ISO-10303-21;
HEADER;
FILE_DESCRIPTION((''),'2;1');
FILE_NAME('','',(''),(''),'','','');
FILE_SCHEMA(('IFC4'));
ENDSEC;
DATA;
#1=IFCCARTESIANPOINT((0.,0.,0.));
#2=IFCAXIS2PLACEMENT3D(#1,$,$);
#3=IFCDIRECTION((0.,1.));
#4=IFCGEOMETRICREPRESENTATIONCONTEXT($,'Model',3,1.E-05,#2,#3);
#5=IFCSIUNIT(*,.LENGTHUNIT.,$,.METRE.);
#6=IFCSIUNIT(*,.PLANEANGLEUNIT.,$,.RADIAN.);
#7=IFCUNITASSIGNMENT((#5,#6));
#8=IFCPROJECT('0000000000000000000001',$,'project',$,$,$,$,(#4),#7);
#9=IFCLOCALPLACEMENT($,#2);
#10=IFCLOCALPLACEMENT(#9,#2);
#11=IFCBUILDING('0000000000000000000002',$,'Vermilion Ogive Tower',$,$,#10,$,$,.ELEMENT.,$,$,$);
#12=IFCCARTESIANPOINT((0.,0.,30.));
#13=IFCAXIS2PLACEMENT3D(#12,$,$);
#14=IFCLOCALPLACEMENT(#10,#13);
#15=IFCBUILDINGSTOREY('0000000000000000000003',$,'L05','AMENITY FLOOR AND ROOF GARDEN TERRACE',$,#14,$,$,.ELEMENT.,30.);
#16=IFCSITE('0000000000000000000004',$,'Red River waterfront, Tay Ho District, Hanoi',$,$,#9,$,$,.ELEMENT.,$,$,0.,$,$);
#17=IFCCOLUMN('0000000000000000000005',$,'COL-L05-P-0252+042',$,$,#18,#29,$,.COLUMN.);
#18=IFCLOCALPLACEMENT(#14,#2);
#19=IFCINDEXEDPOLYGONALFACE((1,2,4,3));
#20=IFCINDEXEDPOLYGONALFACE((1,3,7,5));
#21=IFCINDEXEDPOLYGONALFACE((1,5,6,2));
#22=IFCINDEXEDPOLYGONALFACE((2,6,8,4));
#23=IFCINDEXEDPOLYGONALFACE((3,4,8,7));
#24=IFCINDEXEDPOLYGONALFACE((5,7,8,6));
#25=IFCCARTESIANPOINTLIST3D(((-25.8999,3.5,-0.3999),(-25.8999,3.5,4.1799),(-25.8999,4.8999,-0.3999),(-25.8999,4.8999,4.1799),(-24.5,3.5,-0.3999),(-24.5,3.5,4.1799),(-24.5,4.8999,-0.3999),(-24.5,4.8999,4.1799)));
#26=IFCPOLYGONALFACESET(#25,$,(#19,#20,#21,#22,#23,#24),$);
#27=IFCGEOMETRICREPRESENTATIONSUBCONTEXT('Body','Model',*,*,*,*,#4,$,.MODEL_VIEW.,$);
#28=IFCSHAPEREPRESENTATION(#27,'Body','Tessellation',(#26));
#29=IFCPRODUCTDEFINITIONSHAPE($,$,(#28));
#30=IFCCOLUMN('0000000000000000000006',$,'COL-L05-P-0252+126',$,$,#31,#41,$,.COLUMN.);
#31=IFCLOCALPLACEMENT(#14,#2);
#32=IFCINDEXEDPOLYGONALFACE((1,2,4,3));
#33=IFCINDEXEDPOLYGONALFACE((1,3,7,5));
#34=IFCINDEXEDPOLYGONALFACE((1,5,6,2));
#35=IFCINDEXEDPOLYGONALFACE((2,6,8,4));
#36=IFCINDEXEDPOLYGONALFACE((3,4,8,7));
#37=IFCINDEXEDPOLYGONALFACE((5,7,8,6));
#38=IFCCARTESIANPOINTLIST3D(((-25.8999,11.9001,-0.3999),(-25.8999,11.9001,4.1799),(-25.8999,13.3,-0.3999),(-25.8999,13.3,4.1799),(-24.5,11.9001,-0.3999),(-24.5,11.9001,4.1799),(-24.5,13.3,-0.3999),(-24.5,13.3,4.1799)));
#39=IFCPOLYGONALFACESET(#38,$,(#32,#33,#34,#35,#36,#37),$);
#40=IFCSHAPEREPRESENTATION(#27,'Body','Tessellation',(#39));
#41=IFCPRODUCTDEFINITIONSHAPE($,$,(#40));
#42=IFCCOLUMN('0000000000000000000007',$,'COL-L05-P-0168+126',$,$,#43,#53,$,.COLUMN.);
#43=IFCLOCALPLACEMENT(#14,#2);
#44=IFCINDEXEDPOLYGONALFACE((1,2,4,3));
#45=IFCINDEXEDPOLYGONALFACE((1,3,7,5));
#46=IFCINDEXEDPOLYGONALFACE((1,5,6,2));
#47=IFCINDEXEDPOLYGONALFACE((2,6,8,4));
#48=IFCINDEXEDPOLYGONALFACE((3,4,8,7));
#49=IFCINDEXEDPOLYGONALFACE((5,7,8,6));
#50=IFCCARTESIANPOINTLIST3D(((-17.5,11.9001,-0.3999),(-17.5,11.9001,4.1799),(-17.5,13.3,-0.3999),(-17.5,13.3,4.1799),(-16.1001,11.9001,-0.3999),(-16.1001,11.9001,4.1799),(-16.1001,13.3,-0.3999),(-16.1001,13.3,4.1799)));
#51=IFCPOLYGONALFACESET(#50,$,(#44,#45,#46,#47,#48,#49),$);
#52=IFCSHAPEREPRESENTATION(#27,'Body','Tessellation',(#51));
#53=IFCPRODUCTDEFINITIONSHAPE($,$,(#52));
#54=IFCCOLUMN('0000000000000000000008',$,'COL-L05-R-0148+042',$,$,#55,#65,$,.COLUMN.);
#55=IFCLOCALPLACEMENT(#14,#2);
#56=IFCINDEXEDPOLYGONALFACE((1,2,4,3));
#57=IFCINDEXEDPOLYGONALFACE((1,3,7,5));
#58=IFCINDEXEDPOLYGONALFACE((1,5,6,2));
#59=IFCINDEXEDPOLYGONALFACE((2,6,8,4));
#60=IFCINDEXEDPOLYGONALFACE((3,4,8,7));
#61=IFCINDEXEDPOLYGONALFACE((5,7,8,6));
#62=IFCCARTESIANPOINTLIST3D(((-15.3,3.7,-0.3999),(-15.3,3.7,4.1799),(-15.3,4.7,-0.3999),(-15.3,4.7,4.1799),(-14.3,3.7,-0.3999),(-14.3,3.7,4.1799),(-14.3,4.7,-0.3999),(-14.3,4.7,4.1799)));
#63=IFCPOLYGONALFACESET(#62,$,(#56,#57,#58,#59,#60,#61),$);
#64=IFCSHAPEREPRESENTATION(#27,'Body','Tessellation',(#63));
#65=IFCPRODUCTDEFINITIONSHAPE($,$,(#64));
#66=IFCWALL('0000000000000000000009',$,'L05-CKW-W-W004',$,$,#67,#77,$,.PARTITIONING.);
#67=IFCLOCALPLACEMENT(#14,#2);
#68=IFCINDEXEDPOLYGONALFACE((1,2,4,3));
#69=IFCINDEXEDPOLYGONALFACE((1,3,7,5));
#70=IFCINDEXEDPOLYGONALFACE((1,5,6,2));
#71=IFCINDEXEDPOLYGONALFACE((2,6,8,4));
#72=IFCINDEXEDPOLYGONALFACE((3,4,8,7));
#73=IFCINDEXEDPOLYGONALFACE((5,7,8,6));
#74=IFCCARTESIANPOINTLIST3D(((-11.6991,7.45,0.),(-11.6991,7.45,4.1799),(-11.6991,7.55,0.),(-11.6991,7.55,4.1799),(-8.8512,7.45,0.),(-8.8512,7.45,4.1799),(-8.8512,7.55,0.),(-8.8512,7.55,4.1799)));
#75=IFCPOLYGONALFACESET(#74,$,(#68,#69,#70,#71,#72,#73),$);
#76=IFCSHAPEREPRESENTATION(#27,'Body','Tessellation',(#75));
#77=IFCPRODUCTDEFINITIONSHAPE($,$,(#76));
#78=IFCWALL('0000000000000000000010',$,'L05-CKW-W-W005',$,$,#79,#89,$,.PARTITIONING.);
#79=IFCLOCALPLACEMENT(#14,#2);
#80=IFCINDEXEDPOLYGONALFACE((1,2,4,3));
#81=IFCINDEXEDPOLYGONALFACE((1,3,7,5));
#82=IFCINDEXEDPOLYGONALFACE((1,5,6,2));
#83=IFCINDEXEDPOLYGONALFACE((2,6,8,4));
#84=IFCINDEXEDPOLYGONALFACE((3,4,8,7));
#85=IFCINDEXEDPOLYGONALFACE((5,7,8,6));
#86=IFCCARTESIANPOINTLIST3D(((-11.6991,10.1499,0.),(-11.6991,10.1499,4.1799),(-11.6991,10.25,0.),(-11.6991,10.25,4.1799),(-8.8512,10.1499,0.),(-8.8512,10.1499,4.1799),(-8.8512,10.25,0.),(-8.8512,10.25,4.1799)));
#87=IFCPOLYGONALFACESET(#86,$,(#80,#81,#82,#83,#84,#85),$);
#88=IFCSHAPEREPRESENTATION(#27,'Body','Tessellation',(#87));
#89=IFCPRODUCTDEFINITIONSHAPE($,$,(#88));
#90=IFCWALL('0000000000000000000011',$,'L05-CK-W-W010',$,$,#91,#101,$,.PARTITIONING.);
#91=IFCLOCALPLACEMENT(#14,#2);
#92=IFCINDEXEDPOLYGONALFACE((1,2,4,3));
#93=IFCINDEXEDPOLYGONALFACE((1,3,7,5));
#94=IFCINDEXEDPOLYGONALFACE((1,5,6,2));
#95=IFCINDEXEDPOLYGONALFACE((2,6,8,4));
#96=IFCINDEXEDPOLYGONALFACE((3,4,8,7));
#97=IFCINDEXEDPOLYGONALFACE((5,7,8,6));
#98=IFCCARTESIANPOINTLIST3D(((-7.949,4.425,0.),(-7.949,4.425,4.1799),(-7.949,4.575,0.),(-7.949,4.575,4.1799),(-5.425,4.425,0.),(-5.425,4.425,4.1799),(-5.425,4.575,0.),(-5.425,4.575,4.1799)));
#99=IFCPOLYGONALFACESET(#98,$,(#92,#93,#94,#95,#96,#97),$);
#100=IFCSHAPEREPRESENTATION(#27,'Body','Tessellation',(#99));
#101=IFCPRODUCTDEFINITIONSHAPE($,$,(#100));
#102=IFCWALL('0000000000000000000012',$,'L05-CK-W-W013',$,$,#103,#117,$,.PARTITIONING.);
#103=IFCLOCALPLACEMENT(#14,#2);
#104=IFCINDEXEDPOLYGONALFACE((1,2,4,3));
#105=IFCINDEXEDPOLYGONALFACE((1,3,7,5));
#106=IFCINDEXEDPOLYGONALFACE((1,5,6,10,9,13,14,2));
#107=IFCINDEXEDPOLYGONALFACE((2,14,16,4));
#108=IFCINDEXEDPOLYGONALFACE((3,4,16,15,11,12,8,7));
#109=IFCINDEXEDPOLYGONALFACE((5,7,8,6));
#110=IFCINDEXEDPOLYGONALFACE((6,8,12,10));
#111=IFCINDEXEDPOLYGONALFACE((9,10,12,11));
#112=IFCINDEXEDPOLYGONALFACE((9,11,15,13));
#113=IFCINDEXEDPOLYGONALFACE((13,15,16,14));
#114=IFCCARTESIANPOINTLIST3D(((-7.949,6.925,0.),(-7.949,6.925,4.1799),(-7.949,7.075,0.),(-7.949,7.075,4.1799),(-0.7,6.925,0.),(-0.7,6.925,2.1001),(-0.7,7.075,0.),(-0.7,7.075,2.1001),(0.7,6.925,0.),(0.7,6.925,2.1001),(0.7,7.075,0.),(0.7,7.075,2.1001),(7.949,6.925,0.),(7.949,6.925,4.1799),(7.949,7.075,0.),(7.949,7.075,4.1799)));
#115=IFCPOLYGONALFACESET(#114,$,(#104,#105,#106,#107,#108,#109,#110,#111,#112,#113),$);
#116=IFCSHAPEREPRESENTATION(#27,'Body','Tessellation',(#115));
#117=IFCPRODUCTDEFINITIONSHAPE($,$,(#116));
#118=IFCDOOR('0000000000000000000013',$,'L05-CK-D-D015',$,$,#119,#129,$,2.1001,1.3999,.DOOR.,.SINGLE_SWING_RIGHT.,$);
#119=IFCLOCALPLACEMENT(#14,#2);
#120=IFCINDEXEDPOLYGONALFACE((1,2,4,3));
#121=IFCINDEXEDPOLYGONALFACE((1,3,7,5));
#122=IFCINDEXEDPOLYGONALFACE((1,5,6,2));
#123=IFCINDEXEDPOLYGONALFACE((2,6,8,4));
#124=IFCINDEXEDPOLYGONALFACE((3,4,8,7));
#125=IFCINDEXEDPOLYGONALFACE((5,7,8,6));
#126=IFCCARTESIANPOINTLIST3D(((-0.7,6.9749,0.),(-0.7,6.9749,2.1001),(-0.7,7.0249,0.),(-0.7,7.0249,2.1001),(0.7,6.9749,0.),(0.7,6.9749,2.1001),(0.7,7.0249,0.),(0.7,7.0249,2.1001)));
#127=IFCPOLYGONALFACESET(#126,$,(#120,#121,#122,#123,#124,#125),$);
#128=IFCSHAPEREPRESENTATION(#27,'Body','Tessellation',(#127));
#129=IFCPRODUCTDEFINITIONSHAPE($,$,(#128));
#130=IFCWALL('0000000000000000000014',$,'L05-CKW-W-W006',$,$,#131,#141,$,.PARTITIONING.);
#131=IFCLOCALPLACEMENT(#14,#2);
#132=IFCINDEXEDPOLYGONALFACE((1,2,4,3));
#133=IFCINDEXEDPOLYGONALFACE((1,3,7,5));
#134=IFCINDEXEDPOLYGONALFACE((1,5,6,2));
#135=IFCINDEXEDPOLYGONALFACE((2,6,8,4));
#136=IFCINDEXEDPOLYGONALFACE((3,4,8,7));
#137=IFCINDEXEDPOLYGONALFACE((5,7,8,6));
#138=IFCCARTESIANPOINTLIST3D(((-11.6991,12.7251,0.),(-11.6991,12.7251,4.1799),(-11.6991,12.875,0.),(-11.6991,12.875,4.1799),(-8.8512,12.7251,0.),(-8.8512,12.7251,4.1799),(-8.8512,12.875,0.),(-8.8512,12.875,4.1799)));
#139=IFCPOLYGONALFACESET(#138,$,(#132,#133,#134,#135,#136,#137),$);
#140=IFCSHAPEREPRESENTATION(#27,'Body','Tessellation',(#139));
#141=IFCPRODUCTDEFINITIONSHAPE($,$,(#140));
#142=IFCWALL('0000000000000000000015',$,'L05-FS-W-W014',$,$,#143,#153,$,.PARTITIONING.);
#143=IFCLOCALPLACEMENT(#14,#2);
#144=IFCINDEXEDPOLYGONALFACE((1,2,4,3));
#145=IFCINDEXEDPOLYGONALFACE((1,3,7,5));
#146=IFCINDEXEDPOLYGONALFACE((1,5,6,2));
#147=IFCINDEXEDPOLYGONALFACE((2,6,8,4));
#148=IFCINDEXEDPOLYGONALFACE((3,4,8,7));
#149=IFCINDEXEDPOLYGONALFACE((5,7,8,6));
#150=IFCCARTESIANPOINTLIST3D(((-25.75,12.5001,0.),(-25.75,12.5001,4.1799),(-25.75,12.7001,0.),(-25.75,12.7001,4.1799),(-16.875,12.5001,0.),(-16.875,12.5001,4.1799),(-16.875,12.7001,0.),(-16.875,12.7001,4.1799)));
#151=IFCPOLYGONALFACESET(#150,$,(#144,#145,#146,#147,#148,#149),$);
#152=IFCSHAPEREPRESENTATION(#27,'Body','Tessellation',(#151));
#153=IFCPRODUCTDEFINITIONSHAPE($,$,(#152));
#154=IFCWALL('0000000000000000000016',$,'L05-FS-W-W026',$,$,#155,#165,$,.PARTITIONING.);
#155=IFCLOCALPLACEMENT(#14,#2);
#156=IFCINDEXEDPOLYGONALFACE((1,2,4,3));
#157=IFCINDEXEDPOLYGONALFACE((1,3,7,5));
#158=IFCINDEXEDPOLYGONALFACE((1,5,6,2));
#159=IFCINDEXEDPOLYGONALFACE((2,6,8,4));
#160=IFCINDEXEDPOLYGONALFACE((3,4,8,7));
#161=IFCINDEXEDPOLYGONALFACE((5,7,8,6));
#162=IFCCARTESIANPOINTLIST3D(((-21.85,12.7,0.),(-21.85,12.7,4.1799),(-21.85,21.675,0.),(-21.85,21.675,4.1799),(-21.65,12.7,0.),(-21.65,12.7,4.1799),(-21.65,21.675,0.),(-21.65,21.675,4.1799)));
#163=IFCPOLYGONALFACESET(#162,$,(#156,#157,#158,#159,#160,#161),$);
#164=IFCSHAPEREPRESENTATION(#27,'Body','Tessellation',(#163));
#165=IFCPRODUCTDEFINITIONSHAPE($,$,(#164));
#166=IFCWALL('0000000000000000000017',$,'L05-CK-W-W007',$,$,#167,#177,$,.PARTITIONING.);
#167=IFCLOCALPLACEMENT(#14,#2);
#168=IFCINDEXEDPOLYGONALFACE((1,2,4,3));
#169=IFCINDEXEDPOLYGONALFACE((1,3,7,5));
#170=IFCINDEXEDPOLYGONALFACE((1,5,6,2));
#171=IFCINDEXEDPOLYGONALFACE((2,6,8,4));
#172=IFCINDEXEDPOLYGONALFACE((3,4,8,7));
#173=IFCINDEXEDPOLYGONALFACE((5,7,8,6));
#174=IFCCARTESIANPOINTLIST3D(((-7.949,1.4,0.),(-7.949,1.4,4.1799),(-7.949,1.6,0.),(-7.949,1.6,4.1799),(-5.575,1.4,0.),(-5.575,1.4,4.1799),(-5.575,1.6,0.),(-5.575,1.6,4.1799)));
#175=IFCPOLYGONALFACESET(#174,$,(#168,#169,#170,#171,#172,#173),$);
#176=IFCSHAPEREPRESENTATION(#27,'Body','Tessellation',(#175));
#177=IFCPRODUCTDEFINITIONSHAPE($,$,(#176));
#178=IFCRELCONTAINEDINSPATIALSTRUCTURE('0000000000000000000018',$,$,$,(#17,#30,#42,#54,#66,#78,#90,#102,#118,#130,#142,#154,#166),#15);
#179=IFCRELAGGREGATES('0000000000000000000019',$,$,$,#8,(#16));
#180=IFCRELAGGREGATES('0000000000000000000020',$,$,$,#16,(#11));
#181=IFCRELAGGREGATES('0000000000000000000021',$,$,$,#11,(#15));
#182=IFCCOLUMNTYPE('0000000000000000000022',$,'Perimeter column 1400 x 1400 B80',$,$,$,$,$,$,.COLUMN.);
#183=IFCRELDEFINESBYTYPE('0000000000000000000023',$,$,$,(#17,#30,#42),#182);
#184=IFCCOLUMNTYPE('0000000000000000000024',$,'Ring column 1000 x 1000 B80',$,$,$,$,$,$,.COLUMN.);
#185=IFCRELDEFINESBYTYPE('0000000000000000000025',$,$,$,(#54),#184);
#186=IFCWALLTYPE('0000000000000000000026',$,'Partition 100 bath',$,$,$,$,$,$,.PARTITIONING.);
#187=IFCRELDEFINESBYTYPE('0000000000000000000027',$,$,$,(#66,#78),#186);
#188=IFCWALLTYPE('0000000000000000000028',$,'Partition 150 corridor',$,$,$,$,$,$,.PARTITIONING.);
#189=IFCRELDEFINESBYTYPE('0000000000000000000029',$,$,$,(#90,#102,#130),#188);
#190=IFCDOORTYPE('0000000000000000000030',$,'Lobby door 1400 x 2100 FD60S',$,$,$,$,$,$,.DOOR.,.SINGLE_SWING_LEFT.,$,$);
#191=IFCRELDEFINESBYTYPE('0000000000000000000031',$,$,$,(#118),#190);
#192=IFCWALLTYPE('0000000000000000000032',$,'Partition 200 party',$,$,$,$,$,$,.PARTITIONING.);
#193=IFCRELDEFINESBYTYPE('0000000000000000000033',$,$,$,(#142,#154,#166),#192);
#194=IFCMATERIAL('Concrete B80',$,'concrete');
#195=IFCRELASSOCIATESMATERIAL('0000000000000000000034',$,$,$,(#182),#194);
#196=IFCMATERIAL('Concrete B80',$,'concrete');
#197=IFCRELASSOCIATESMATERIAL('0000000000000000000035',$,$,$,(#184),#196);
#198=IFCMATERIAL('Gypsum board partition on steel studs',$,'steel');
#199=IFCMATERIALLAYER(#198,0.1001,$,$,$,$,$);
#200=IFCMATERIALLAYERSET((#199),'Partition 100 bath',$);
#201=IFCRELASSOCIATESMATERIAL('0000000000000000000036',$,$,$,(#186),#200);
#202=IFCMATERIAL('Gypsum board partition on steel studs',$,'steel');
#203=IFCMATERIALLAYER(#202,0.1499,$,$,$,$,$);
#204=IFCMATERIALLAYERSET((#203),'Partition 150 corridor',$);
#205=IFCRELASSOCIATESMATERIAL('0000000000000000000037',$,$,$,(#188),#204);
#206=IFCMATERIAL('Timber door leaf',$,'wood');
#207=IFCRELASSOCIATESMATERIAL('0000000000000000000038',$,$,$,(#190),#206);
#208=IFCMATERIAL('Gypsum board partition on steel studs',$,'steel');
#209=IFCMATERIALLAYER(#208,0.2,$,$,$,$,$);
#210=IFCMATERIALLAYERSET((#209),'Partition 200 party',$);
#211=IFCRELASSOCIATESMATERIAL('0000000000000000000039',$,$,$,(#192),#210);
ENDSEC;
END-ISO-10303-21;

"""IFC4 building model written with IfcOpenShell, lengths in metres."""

from ifc_helpers import new_model, si_unit, direction, frame, frame_2d, origin, origin_2d, place, context, subcontext, project, spatial, rectangle, extrude, material, layer, layer_set, material_profile, profile_set, type_object, element, fill, save


model = new_model("IFC4")

# Units and contexts
model_context = context("Model", 3, precision=1e-05, world=origin(), true_north=direction((0.0, 1.0)))
body_context = subcontext(model_context, "Body", "Model", "MODEL_VIEW")
ifc_project = project(units=[si_unit("LENGTHUNIT", "METRE"), si_unit("PLANEANGLEUNIT", "RADIAN")], contexts=[model_context])

# Site, building, storey
site_placement = place(None, origin())
site = spatial("IfcSite", under=ifc_project, at=site_placement, Name="Red River waterfront, Tay Ho District, Hanoi", CompositionType="ELEMENT", RefElevation=0.0)
building_placement = place(site_placement, origin())
building = spatial("IfcBuilding", under=site, at=building_placement, Name="Vermilion Ogive Tower", CompositionType="ELEMENT")
storey_placement = place(building_placement, frame((0.0, 0.0, 30.0)))
storey = spatial("IfcBuildingStorey", under=building, at=storey_placement, Name="L05", Description="AMENITY FLOOR AND ROOF GARDEN TERRACE", CompositionType="ELEMENT", Elevation=30.0)

# Columns
ifc_material_1 = material(Name="Concrete B80", Category="concrete")
ifc_material_profile_1 = material_profile(ifc_material_1, rectangle(XDim=1.3999, YDim=1.3999, at=origin_2d()), Name="1400 x 1400")
ifc_profile_set_1 = profile_set([ifc_material_profile_1], Name="Concrete B80")
column_type_1 = type_object("IfcColumnType", Name="Perimeter column 1400 x 1400 B80", PredefinedType="COLUMN", material=ifc_profile_set_1)
for number, where, z_axis, x_axis, name in (
    (1, (-25.2, 4.2, -0.3999), (0.0, 0.0, 1.0), (1.0, 0.0, 0.0), "COL-L05-P-0252+042"),
    (2, (-25.2, 12.6001, -0.3999), (0.0, 0.0, 1.0), (1.0, 0.0, 0.0), "COL-L05-P-0252+126"),
    (3, (-16.8, 12.6001, -0.3999), (0.0, 0.0, 1.0), (1.0, 0.0, 0.0), "COL-L05-P-0168+126"),
):
    element("IfcColumn", number, at=place(storey_placement, frame(where, z_axis=z_axis, x_axis=x_axis)), inside=storey, type_object=column_type_1, Name=name, PredefinedType="COLUMN", context=body_context, shape_type="SweptSolid", body=[
        extrude(rectangle(XDim=1.3999, YDim=1.3999, at=origin_2d()), origin(), (0.0, 0.0, 1.0), 4.5798),
    ])
ifc_material_2 = material(Name="Concrete B80", Category="concrete")
ifc_material_profile_2 = material_profile(ifc_material_2, rectangle(XDim=1.0, YDim=1.0, at=origin_2d()), Name="1000 x 1000")
ifc_profile_set_2 = profile_set([ifc_material_profile_2], Name="Concrete B80")
column_type_2 = type_object("IfcColumnType", Name="Ring column 1000 x 1000 B80", PredefinedType="COLUMN", material=ifc_profile_set_2)
column_placement = place(storey_placement, frame((-14.8, 4.2, -0.3999), z_axis=(0.0, 0.0, 1.0), x_axis=(1.0, 0.0, 0.0)))
element("IfcColumn", 4, at=column_placement, inside=storey, type_object=column_type_2, Name="COL-L05-R-0148+042", PredefinedType="COLUMN", context=body_context, shape_type="SweptSolid", body=[
    extrude(rectangle(XDim=1.0, YDim=1.0, at=origin_2d()), origin(), (0.0, 0.0, 1.0), 4.5798),
])

# Walls
ifc_material_3 = material(Name="Gypsum board partition on steel studs", Category="steel")
ifc_layer_1 = layer(ifc_material_3, 0.1001)
ifc_layer_set_1 = layer_set([ifc_layer_1], Name="Partition 100 bath")
wall_type_1 = type_object("IfcWallType", Name="Partition 100 bath", PredefinedType="PARTITIONING", material=ifc_layer_set_1)
for number, where, z_axis, x_axis, name in (
    (5, (-11.699, 7.5, 0.0), (0.0, 0.0, 1.0), (1.0, 0.0, 0.0), "L05-CKW-W-W004"),
    (6, (-11.699, 10.2, 0.0), (0.0, 0.0, 1.0), (1.0, 0.0, 0.0), "L05-CKW-W-W005"),
):
    element("IfcWall", number, at=place(storey_placement, frame(where, z_axis=z_axis, x_axis=x_axis)), inside=storey, type_object=wall_type_1, Name=name, PredefinedType="PARTITIONING", context=body_context, shape_type="SweptSolid", body=[
        extrude(rectangle(XDim=2.8479, YDim=0.1001, at=frame_2d((1.4238, 0.0))), origin(), (0.0, 0.0, 1.0), 4.1799),
    ])
ifc_material_4 = material(Name="Gypsum board partition on steel studs", Category="steel")
ifc_layer_2 = layer(ifc_material_4, 0.1499)
ifc_layer_set_2 = layer_set([ifc_layer_2], Name="Partition 150 corridor")
wall_type_2 = type_object("IfcWallType", Name="Partition 150 corridor", PredefinedType="PARTITIONING", material=ifc_layer_set_2)
wall_1_placement = place(storey_placement, frame((-7.949, 4.5, 0.0), z_axis=(0.0, 0.0, 1.0), x_axis=(1.0, 0.0, 0.0)))
element("IfcWall", 7, at=wall_1_placement, inside=storey, type_object=wall_type_2, Name="L05-CK-W-W010", PredefinedType="PARTITIONING", context=body_context, shape_type="SweptSolid", body=[
    extrude(rectangle(XDim=2.5239, YDim=0.1499, at=frame_2d((1.262, 0.0))), origin(), (0.0, 0.0, 1.0), 4.1799),
])

# Wall, opening, door
wall_2_placement = place(storey_placement, frame((-7.949, 7.0, 0.0), z_axis=(0.0, 0.0, 1.0), x_axis=(1.0, 0.0, 0.0)))
wall_2 = element("IfcWall", 8, at=wall_2_placement, inside=storey, type_object=wall_type_2, Name="L05-CK-W-W013", PredefinedType="PARTITIONING", context=body_context, shape_type="SweptSolid", body=[
    extrude(rectangle(XDim=15.8979, YDim=0.1499, at=frame_2d((7.949, 0.0))), origin(), (0.0, 0.0, 1.0), 4.1799),
])
opening_1_placement = place(wall_2_placement, frame((7.249, 0.0, 0.0)))
opening_1 = element("IfcOpeningElement", 9, at=opening_1_placement, cuts=wall_2, PredefinedType="OPENING", context=body_context, shape_type="SweptSolid", body=[
    extrude(rectangle(XDim=1.3999, YDim=2.1001, at=frame_2d((0.7, 1.05))), frame((0.0, 0.085, 0.0), z_axis=(0.0, -1.0, 0.0), x_axis=(1.0, 0.0, 0.0)), (0.0, 0.0, 1.0), 0.1699),
])
ifc_material_5 = material(Name="Timber door leaf", Category="wood")
door_type_1 = type_object("IfcDoorType", Name="Lobby door 1400 x 2100 FD60S", OperationType="SINGLE_SWING_LEFT", PredefinedType="DOOR", material=ifc_material_5)
door_1_placement = place(opening_1_placement, origin())
door_1 = element("IfcDoor", 10, at=door_1_placement, inside=storey, type_object=door_type_1, Name="L05-CK-D-D015", OperationType="SINGLE_SWING_RIGHT", OverallHeight=2.1001, OverallWidth=1.3999, PredefinedType="DOOR", context=body_context, shape_type="SweptSolid", body=[
    extrude(rectangle(XDim=1.3999, YDim=2.1001, at=frame_2d((0.7, 1.05))), frame((0.0, 0.0249, 0.0), z_axis=(0.0, -1.0, 0.0), x_axis=(1.0, 0.0, 0.0)), (0.0, 0.0, 1.0), 0.05),
])
fill(opening_1, door_1)

# Walls
wall_3_placement = place(storey_placement, frame((-11.699, 12.8, 0.0), z_axis=(0.0, 0.0, 1.0), x_axis=(1.0, 0.0, 0.0)))
element("IfcWall", 11, at=wall_3_placement, inside=storey, type_object=wall_type_2, Name="L05-CKW-W-W006", PredefinedType="PARTITIONING", context=body_context, shape_type="SweptSolid", body=[
    extrude(rectangle(XDim=2.8479, YDim=0.1499, at=frame_2d((1.4238, 0.0))), origin(), (0.0, 0.0, 1.0), 4.1799),
])
ifc_material_6 = material(Name="Gypsum board partition on steel studs", Category="steel")
ifc_layer_3 = layer(ifc_material_6, 0.2)
ifc_layer_set_3 = layer_set([ifc_layer_3], Name="Partition 200 party")
wall_type_3 = type_object("IfcWallType", Name="Partition 200 party", PredefinedType="PARTITIONING", material=ifc_layer_set_3)
wall_4_placement = place(storey_placement, frame((-25.75, 12.6001, 0.0), z_axis=(0.0, 0.0, 1.0), x_axis=(1.0, 0.0, 0.0)))
element("IfcWall", 12, at=wall_4_placement, inside=storey, type_object=wall_type_3, Name="L05-FS-W-W014", PredefinedType="PARTITIONING", context=body_context, shape_type="SweptSolid", body=[
    extrude(rectangle(XDim=8.875, YDim=0.2, at=frame_2d((4.4375, 0.0))), origin(), (0.0, 0.0, 1.0), 4.1799),
])
wall_5_placement = place(storey_placement, frame((-21.75, 12.7, 0.0), z_axis=(0.0, 0.0, 1.0), x_axis=(0.0, 1.0, 0.0)))
element("IfcWall", 13, at=wall_5_placement, inside=storey, type_object=wall_type_3, Name="L05-FS-W-W026", PredefinedType="PARTITIONING", context=body_context, shape_type="SweptSolid", body=[
    extrude(rectangle(XDim=8.9751, YDim=0.2, at=frame_2d((4.4875, 0.0))), origin(), (0.0, 0.0, 1.0), 4.1799),
])
wall_6_placement = place(storey_placement, frame((-7.949, 1.5, 0.0), z_axis=(0.0, 0.0, 1.0), x_axis=(1.0, 0.0, 0.0)))
element("IfcWall", 14, at=wall_6_placement, inside=storey, type_object=wall_type_3, Name="L05-CK-W-W007", PredefinedType="PARTITIONING", context=body_context, shape_type="SweptSolid", body=[
    extrude(rectangle(XDim=2.374, YDim=0.2, at=frame_2d((1.187, 0.0))), origin(), (0.0, 0.0, 1.0), 4.1799),
])

save(model, "model.ifc")
